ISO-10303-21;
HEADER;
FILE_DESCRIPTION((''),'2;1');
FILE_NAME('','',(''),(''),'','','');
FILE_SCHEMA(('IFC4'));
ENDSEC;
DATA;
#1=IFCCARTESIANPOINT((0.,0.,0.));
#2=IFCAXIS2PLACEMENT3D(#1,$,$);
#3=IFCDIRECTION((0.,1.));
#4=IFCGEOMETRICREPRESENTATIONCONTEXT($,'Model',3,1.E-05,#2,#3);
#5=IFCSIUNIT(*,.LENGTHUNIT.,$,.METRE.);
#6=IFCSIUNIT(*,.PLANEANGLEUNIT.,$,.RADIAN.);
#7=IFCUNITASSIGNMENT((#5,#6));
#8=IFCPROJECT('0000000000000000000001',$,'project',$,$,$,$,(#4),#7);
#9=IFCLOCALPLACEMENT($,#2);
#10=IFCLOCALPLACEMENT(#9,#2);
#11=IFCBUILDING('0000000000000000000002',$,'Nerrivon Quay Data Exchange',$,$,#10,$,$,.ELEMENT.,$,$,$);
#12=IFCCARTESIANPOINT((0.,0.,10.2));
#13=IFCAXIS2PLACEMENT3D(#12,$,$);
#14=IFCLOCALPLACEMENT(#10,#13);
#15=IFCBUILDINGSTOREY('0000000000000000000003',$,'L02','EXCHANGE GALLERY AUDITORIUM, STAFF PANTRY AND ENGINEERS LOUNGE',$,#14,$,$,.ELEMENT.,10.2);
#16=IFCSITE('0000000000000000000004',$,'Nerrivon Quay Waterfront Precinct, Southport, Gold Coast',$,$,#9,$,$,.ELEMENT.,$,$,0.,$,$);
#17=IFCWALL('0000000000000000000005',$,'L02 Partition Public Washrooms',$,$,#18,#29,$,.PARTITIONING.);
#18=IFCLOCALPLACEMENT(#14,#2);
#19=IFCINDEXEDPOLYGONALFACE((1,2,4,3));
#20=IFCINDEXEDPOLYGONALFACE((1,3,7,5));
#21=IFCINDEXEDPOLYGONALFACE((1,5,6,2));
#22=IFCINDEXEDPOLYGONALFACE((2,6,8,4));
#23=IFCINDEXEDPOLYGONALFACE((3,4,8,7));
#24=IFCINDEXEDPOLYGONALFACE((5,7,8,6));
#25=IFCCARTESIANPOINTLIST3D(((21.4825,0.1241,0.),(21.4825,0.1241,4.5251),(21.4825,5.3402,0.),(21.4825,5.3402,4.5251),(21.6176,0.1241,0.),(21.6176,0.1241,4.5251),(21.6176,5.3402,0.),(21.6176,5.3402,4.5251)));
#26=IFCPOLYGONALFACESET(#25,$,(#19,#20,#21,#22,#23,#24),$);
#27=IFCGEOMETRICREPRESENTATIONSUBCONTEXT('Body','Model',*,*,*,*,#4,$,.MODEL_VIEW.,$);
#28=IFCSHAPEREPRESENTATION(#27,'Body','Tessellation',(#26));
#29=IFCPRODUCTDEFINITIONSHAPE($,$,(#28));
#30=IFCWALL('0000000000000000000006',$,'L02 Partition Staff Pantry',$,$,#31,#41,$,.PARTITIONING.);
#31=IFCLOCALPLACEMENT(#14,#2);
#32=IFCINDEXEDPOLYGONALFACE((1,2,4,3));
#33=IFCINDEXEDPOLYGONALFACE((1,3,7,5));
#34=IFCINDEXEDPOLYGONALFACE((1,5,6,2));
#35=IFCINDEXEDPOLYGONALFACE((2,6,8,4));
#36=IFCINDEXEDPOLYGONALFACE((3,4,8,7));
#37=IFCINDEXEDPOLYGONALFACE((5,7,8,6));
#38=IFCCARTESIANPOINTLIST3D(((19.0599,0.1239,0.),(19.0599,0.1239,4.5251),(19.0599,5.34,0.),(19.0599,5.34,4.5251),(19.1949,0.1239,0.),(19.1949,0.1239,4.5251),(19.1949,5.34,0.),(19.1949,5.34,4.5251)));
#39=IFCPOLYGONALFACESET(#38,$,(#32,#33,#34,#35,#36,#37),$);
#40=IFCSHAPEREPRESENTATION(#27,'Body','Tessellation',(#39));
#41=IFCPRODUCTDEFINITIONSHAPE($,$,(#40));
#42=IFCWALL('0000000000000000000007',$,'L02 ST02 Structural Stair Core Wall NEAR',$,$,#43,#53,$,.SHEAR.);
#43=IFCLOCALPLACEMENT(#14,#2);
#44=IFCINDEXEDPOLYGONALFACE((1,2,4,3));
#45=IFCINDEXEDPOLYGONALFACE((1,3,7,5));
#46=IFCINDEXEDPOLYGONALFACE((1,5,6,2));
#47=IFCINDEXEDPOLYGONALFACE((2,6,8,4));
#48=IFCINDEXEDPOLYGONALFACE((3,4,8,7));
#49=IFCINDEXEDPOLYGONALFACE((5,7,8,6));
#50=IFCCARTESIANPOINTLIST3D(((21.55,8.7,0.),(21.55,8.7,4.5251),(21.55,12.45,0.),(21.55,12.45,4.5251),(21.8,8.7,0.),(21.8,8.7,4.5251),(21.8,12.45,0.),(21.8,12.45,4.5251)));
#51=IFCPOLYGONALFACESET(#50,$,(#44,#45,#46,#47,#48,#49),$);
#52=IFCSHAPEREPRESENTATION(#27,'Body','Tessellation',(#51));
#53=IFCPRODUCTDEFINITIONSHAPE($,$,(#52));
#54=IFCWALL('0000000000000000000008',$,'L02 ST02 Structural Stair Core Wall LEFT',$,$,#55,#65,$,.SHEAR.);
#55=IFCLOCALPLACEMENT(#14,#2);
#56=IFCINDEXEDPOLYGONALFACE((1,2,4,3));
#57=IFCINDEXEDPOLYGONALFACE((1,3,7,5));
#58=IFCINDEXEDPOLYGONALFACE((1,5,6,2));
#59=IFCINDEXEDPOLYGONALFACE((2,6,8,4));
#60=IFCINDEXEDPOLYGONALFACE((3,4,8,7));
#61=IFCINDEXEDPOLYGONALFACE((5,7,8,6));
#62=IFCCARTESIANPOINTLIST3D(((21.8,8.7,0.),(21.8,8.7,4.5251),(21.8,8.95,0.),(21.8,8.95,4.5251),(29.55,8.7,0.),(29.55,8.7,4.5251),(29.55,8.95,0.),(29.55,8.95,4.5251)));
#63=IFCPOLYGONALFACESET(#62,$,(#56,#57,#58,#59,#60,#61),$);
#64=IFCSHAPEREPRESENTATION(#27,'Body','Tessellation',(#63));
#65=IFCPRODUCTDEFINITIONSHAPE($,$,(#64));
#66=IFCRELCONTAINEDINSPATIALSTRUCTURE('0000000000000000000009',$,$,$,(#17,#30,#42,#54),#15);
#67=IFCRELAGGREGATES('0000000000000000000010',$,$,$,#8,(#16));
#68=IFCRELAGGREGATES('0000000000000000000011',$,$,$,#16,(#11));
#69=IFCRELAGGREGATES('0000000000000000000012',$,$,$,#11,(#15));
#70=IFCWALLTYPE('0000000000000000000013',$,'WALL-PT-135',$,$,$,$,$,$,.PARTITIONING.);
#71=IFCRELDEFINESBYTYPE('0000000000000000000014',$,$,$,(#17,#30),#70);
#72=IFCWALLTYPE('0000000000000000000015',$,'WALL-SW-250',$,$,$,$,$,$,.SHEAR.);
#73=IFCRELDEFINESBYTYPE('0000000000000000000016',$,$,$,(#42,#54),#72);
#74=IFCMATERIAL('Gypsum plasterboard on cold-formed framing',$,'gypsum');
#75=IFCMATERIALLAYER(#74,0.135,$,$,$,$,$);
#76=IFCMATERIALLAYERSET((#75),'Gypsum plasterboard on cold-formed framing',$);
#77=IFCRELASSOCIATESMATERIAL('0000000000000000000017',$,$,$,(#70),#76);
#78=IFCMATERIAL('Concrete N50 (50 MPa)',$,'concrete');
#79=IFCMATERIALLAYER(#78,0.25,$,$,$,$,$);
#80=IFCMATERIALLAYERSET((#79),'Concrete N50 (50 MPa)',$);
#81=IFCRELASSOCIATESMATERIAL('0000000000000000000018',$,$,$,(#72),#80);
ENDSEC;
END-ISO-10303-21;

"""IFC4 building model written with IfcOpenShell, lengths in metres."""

from ifc_helpers import new_model, si_unit, direction, frame, frame_2d, origin, place, context, subcontext, project, spatial, rectangle, extrude, material, layer, layer_set, type_object, element, save


model = new_model("IFC4")

# Units and contexts
model_context = context("Model", 3, precision=1e-05, world=origin(), true_north=direction((0.0, 1.0)))
body_context = subcontext(model_context, "Body", "Model", "MODEL_VIEW")
ifc_project = project(units=[si_unit("LENGTHUNIT", "METRE"), si_unit("PLANEANGLEUNIT", "RADIAN")], contexts=[model_context])

# Site, building, storey
site_placement = place(None, origin())
site = spatial("IfcSite", under=ifc_project, at=site_placement, Name="Nerrivon Quay Waterfront Precinct, Southport, Gold Coast", CompositionType="ELEMENT", RefElevation=0.0)
building_placement = place(site_placement, origin())
building = spatial("IfcBuilding", under=site, at=building_placement, Name="Nerrivon Quay Data Exchange", CompositionType="ELEMENT")
storey_placement = place(building_placement, frame((0.0, 0.0, 10.2)))
storey = spatial("IfcBuildingStorey", under=building, at=storey_placement, Name="L02", Description="EXCHANGE GALLERY AUDITORIUM, STAFF PANTRY AND ENGINEERS LOUNGE", CompositionType="ELEMENT", Elevation=10.2)

# Shared definitions
ifc_material_1 = material(Name="Gypsum plasterboard on cold-formed framing", Category="gypsum")

# Walls
ifc_layer_1 = layer(ifc_material_1, 0.135)
ifc_layer_set_1 = layer_set([ifc_layer_1], Name="Gypsum plasterboard on cold-formed framing")
wall_type_1 = type_object("IfcWallType", Name="WALL-PT-135", PredefinedType="PARTITIONING", material=ifc_layer_set_1)
for number, where, z_axis, x_axis, name in (
    (1, (21.55, 5.3401, 0.0), (0.0, 0.0, 1.0), (0.0, -1.0, 0.0), "L02 Partition Public Washrooms"),
    (2, (19.1274, 0.124, 0.0), (0.0, 0.0, 1.0), (0.0, 1.0, 0.0), "L02 Partition Staff Pantry"),
):
    element("IfcWall", number, at=place(storey_placement, frame(where, z_axis=z_axis, x_axis=x_axis)), inside=storey, type_object=wall_type_1, Name=name, PredefinedType="PARTITIONING", context=body_context, shape_type="SweptSolid", body=[
        extrude(rectangle(XDim=5.2161, YDim=0.135, at=frame_2d((2.6079, 0.0))), origin(), (0.0, 0.0, 1.0), 4.5251),
    ])
ifc_material_2 = material(Name="Concrete N50 (50 MPa)", Category="concrete")
ifc_layer_2 = layer(ifc_material_2, 0.25)
ifc_layer_set_2 = layer_set([ifc_layer_2], Name="Concrete N50 (50 MPa)")
wall_type_2 = type_object("IfcWallType", Name="WALL-SW-250", PredefinedType="SHEAR", material=ifc_layer_set_2)
wall_1_placement = place(storey_placement, frame((21.675, 8.7, 0.0), z_axis=(0.0, 0.0, 1.0), x_axis=(0.0, 1.0, 0.0)))
element("IfcWall", 3, at=wall_1_placement, inside=storey, type_object=wall_type_2, Name="L02 ST02 Structural Stair Core Wall NEAR", PredefinedType="SHEAR", context=body_context, shape_type="SweptSolid", body=[
    extrude(rectangle(XDim=3.75, YDim=0.25, at=frame_2d((1.875, 0.0))), origin(), (0.0, 0.0, 1.0), 4.5251),
])
wall_2_placement = place(storey_placement, frame((21.8, 8.825, 0.0), z_axis=(0.0, 0.0, 1.0), x_axis=(1.0, 0.0, 0.0)))
element("IfcWall", 4, at=wall_2_placement, inside=storey, type_object=wall_type_2, Name="L02 ST02 Structural Stair Core Wall LEFT", PredefinedType="SHEAR", context=body_context, shape_type="SweptSolid", body=[
    extrude(rectangle(XDim=7.75, YDim=0.25, at=frame_2d((3.875, 0.0))), origin(), (0.0, 0.0, 1.0), 4.5251),
])

save(model, "model.ifc")
